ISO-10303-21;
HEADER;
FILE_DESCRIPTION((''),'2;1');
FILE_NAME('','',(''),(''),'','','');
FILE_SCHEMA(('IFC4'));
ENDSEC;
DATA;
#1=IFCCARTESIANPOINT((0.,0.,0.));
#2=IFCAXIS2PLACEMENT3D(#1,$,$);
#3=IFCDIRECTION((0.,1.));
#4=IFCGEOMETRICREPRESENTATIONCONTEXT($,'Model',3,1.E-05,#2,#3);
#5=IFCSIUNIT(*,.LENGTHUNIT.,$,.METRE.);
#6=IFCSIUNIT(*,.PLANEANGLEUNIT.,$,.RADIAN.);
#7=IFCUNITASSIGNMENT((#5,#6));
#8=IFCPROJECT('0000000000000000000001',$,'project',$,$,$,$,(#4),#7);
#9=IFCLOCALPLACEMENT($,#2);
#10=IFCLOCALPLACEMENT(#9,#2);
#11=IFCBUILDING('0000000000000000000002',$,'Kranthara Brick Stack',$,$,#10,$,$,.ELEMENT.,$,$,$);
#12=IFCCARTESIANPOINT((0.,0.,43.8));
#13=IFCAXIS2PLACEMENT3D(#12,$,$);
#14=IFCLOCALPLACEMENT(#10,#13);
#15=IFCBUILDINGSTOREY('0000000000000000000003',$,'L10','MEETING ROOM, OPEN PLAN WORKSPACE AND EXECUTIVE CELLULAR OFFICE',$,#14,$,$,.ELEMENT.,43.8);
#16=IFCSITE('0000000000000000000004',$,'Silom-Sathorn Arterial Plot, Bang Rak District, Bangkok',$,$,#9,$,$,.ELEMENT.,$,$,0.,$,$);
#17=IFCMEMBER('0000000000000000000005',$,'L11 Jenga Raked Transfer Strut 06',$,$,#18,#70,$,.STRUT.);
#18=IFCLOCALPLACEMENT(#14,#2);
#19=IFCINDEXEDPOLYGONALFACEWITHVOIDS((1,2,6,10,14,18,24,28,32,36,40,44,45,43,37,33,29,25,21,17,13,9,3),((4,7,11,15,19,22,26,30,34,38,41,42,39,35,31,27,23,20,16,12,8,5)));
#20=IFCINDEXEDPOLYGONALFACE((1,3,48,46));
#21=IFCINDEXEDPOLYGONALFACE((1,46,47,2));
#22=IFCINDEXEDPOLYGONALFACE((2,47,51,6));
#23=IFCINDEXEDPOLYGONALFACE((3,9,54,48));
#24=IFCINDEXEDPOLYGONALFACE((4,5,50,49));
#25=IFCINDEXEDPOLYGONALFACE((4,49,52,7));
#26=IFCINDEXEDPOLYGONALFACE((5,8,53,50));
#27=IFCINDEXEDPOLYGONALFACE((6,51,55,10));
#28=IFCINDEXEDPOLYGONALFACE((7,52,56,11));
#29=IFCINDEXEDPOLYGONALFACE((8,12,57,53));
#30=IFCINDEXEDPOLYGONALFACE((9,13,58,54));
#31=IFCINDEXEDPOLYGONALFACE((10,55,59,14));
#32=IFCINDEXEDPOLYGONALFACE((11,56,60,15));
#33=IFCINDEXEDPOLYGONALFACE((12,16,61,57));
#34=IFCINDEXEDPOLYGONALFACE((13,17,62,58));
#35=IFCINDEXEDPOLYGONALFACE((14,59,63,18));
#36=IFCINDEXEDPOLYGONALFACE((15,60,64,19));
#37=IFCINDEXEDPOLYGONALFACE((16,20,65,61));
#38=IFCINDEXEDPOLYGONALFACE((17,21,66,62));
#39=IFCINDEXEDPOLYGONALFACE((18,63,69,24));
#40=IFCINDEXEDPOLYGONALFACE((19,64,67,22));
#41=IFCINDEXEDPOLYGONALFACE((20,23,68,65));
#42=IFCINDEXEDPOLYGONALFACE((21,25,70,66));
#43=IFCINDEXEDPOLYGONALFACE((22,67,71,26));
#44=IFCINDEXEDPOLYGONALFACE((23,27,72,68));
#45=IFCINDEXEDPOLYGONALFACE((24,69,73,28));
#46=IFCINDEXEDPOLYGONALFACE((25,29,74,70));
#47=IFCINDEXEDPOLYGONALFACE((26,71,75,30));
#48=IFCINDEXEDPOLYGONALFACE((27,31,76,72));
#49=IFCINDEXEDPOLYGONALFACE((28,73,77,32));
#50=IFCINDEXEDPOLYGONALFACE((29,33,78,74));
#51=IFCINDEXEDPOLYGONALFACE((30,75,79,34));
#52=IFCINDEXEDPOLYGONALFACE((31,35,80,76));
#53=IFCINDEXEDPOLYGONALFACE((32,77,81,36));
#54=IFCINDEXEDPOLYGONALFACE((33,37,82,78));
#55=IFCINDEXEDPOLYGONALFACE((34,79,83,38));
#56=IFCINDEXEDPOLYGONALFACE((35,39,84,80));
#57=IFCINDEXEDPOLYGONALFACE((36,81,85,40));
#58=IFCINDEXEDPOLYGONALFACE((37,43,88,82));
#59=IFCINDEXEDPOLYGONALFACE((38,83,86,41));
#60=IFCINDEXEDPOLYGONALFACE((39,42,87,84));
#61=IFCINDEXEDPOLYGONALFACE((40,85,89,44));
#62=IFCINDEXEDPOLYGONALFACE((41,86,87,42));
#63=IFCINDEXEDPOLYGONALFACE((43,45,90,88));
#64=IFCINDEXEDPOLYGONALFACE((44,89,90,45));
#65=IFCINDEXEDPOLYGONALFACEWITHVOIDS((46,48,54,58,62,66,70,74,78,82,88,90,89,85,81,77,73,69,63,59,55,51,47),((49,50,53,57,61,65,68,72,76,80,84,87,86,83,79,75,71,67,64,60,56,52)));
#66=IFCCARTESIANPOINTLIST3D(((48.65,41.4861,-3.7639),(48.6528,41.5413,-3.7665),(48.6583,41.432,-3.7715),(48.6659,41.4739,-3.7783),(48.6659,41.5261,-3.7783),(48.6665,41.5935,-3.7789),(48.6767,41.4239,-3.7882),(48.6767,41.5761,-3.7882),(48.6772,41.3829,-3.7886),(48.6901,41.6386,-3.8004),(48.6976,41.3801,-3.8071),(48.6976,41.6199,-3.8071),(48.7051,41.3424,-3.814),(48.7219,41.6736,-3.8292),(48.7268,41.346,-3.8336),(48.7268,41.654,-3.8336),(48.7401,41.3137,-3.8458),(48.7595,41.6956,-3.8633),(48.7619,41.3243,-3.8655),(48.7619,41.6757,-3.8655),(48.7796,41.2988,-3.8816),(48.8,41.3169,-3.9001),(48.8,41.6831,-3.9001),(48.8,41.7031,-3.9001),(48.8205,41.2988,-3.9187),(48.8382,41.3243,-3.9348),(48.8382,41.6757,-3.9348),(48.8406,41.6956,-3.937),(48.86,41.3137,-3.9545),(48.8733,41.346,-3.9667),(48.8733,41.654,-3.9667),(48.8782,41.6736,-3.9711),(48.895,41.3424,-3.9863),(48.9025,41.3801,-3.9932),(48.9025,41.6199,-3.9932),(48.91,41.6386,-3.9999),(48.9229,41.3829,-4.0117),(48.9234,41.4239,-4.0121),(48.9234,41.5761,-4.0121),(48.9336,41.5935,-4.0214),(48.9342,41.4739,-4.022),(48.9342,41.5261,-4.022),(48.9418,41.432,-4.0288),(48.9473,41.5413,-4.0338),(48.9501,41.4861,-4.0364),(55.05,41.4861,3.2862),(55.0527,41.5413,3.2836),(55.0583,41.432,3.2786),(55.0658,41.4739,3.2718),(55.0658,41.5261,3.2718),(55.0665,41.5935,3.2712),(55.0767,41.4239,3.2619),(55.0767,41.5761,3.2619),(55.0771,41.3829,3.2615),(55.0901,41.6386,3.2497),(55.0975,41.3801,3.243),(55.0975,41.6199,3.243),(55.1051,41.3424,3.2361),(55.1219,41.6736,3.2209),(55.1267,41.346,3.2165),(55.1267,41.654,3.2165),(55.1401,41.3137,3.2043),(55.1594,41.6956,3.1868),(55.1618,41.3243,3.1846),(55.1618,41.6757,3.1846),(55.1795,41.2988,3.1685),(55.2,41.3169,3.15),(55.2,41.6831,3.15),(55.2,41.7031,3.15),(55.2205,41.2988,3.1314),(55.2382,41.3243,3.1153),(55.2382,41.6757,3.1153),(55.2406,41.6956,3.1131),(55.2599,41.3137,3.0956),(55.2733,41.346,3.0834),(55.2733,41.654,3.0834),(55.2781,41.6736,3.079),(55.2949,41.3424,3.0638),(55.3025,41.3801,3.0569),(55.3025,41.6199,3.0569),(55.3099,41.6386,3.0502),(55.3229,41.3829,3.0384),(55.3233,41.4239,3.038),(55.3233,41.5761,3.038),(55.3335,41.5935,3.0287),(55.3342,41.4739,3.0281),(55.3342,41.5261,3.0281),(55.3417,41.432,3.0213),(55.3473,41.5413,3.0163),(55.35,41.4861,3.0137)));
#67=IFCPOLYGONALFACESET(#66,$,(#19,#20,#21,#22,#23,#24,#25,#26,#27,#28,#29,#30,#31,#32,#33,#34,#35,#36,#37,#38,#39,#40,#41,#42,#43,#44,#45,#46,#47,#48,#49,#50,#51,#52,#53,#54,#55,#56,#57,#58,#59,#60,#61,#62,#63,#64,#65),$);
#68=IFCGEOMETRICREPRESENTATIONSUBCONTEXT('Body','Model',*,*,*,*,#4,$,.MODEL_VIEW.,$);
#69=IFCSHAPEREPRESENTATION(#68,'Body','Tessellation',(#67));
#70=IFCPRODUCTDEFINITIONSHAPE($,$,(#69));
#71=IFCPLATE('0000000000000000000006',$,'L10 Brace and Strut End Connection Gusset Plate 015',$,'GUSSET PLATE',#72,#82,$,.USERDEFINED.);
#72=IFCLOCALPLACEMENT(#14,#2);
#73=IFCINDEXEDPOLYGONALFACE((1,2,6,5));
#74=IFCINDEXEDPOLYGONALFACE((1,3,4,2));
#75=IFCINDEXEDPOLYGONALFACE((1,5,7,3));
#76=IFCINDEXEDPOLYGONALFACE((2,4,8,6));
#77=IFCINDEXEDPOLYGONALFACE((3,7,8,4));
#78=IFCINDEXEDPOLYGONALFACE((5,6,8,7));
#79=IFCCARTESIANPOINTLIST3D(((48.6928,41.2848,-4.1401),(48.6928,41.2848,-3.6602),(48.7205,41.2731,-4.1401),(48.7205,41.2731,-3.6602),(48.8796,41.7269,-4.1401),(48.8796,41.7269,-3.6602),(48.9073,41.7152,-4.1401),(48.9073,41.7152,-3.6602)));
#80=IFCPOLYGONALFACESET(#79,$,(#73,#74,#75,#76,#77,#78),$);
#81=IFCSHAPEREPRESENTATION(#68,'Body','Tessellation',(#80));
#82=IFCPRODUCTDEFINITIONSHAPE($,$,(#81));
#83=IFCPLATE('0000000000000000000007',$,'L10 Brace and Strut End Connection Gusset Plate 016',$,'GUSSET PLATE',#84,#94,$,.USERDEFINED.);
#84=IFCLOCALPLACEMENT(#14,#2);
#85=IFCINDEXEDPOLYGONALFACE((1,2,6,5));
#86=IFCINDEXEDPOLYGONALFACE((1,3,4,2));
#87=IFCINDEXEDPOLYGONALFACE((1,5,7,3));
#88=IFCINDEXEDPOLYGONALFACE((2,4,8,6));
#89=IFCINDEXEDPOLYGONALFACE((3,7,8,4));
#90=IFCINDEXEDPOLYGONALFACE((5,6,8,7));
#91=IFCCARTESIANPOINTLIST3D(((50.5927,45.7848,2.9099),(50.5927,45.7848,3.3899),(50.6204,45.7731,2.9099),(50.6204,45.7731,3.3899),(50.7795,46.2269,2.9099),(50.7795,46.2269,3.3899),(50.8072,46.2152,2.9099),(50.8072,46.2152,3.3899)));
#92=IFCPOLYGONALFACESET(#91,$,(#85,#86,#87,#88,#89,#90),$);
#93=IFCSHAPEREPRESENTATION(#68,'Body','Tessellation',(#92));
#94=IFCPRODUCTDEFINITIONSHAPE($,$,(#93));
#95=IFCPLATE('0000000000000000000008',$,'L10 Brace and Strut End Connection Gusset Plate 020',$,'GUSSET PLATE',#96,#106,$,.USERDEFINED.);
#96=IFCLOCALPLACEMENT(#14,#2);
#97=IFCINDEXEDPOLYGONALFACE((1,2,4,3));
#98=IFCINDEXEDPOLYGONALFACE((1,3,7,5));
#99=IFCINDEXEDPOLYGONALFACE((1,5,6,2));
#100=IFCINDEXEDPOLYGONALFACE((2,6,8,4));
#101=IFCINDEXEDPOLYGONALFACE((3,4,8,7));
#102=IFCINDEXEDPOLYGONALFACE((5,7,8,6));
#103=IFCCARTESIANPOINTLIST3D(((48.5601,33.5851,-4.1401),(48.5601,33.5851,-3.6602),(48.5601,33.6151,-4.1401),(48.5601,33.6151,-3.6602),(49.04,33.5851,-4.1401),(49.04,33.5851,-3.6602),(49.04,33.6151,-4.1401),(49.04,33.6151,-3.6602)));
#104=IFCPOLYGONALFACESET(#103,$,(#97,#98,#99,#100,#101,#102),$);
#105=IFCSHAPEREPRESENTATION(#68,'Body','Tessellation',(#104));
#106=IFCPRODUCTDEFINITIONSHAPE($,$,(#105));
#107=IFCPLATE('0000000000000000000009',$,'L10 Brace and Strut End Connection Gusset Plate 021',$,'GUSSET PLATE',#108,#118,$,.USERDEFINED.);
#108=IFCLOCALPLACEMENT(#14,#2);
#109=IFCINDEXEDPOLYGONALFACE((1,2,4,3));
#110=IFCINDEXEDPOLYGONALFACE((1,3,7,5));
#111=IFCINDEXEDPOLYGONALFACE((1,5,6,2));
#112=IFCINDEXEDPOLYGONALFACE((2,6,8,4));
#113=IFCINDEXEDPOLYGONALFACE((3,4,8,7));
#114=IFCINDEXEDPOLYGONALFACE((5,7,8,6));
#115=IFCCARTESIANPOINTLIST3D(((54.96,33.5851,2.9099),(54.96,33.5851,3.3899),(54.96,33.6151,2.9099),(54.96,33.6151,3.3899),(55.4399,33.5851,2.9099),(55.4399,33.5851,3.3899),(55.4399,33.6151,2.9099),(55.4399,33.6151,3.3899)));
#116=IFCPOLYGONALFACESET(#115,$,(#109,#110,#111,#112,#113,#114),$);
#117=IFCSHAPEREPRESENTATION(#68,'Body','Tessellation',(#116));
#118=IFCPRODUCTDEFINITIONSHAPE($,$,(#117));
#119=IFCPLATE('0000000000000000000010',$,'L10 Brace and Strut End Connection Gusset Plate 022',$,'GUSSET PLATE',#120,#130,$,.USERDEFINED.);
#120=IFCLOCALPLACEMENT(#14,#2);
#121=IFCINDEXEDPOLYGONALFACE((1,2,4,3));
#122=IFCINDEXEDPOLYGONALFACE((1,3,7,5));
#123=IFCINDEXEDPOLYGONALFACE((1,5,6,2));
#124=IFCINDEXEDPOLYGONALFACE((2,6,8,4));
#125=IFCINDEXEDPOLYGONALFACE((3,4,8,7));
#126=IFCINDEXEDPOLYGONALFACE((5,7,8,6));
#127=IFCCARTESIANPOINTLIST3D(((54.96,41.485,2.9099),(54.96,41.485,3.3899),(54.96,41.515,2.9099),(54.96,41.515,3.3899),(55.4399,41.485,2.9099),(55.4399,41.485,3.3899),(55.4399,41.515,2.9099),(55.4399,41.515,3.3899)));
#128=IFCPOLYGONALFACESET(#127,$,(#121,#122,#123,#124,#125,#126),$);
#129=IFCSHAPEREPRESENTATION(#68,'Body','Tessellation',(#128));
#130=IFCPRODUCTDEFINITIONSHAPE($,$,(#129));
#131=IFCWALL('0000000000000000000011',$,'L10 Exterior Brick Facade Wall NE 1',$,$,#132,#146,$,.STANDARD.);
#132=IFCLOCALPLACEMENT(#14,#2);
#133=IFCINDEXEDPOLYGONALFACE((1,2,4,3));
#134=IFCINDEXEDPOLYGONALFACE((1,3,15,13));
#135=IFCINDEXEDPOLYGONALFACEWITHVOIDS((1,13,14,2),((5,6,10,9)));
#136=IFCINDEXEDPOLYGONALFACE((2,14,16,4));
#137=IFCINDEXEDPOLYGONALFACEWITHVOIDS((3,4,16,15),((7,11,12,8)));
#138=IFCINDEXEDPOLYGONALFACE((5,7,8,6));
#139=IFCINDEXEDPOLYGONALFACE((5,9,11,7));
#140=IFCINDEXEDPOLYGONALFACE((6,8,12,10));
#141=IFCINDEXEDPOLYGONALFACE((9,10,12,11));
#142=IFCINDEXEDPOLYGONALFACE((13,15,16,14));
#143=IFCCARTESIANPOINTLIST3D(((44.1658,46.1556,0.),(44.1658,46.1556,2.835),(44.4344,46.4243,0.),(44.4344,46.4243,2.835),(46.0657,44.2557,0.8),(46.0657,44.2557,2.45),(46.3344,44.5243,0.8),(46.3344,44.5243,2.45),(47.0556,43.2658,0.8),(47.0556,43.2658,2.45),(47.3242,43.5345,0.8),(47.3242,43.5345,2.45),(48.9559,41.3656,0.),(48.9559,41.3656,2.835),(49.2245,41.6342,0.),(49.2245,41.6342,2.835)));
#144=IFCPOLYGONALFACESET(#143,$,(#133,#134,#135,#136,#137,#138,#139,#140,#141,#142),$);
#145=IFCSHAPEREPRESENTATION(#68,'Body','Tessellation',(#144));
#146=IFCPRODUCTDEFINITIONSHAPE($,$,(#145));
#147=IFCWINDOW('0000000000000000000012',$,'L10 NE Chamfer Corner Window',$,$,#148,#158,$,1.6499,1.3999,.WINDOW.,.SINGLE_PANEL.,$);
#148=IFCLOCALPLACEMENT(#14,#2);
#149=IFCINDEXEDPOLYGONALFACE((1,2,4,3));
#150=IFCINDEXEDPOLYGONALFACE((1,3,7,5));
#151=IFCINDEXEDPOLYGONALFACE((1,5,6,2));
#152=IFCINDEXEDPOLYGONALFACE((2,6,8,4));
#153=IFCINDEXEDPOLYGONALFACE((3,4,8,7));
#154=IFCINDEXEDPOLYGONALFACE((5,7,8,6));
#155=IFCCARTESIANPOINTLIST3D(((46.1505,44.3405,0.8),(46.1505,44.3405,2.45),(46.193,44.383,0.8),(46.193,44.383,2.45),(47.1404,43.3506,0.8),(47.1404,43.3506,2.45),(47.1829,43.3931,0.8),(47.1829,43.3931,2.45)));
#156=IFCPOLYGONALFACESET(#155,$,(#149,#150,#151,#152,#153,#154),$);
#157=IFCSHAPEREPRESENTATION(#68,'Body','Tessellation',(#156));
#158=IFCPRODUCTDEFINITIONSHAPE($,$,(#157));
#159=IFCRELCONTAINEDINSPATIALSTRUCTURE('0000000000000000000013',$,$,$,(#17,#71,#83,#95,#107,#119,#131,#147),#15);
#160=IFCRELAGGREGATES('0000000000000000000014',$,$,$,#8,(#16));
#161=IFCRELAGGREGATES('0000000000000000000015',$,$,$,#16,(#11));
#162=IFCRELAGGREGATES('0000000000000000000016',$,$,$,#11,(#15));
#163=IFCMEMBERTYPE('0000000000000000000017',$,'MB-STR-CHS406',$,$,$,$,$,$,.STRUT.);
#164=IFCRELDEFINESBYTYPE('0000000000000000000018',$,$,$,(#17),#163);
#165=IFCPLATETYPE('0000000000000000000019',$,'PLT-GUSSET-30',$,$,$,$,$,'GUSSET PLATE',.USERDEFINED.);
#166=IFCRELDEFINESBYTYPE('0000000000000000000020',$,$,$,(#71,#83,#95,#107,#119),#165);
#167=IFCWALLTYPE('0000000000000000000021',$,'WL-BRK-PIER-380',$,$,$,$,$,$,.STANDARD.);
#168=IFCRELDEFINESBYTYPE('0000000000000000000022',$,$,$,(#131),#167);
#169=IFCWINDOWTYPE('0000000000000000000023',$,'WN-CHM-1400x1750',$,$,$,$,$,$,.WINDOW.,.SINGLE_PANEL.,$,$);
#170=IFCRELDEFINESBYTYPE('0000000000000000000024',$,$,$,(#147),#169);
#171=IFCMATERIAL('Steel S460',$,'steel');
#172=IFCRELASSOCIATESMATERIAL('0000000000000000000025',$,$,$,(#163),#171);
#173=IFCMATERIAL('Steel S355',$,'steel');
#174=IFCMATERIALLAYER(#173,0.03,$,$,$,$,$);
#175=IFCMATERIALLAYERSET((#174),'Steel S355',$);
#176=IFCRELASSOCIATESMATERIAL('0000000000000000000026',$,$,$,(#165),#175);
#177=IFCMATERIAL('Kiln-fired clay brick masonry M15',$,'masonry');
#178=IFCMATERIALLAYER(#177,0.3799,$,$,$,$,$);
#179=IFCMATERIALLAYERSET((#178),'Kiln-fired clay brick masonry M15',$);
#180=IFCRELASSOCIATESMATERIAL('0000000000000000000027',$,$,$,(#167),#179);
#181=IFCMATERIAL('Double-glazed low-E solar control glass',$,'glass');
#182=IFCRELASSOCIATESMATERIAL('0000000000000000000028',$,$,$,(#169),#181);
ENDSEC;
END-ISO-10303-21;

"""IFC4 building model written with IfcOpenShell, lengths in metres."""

from ifc_helpers import new_model, si_unit, direction, frame, frame_2d, origin, origin_2d, place, context, subcontext, project, spatial, rectangle, hollow_circle, extrude, material, layer, layer_set, material_profile, profile_set, type_object, element, fill, save


model = new_model("IFC4")

# Units and contexts
model_context = context("Model", 3, precision=1e-05, world=origin(), true_north=direction((0.0, 1.0)))
body_context = subcontext(model_context, "Body", "Model", "MODEL_VIEW")
ifc_project = project(units=[si_unit("LENGTHUNIT", "METRE"), si_unit("PLANEANGLEUNIT", "RADIAN")], contexts=[model_context])

# Site, building, storey
site_placement = place(None, origin())
site = spatial("IfcSite", under=ifc_project, at=site_placement, Name="Silom-Sathorn Arterial Plot, Bang Rak District, Bangkok", CompositionType="ELEMENT", RefElevation=0.0)
building_placement = place(site_placement, origin())
building = spatial("IfcBuilding", under=site, at=building_placement, Name="Kranthara Brick Stack", CompositionType="ELEMENT")
storey_placement = place(building_placement, frame((0.0, 0.0, 43.8)))
storey = spatial("IfcBuildingStorey", under=building, at=storey_placement, Name="L10", Description="MEETING ROOM, OPEN PLAN WORKSPACE AND EXECUTIVE CELLULAR OFFICE", CompositionType="ELEMENT", Elevation=43.8)

# Member
ifc_material_1 = material(Name="Steel S460", Category="steel")
ifc_material_profile_1 = material_profile(ifc_material_1, hollow_circle(Radius=0.2031, WallThickness=0.02, at=origin_2d()), Name="CHS 406.4x20")
ifc_profile_set_1 = profile_set([ifc_material_profile_1], Name="Steel S460")
member_type = type_object("IfcMemberType", Name="MB-STR-CHS406", PredefinedType="STRUT", material=ifc_profile_set_1)
for number, where, z_axis, x_axis, name in (
    (1, (48.8, 41.5, -3.9001), (0.672142, 0.0, 0.740423), (0.0, 1.0, 0.0), "L11 Jenga Raked Transfer Strut 06"),
):
    element("IfcMember", number, at=place(storey_placement, frame(where, z_axis=z_axis, x_axis=x_axis)), inside=storey, type_object=member_type, Name=name, PredefinedType="STRUT", context=body_context, shape_type="SweptSolid", body=[
        extrude(hollow_circle(Radius=0.2031, WallThickness=0.02, at=origin_2d()), origin(), (0.0, 0.0, 1.0), 9.5217),
    ])

# Plates
ifc_material_2 = material(Name="Steel S355", Category="steel")
ifc_layer_1 = layer(ifc_material_2, 0.03)
ifc_layer_set_1 = layer_set([ifc_layer_1], Name="Steel S355")
plate_type = type_object("IfcPlateType", Name="PLT-GUSSET-30", ElementType="GUSSET PLATE", PredefinedType="USERDEFINED", material=ifc_layer_set_1)
for number, where, z_axis, x_axis, name in (
    (2, (48.8, 41.5, -4.1401), (0.0, 0.0, 1.0), (0.389124, 0.921185, 0.0), "L10 Brace and Strut End Connection Gusset Plate 015"),
    (3, (50.7, 46.0, 2.9099), (0.0, 0.0, 1.0), (0.389124, 0.921185, 0.0), "L10 Brace and Strut End Connection Gusset Plate 016"),
    (4, (48.8, 33.6001, -4.1401), (0.0, 0.0, 1.0), (1.0, 0.0, 0.0), "L10 Brace and Strut End Connection Gusset Plate 020"),
    (5, (55.2, 33.6001, 2.9099), (0.0, 0.0, 1.0), (1.0, 0.0, 0.0), "L10 Brace and Strut End Connection Gusset Plate 021"),
    (6, (55.2, 41.5, 2.9099), (0.0, 0.0, 1.0), (1.0, 0.0, 0.0), "L10 Brace and Strut End Connection Gusset Plate 022"),
):
    element("IfcPlate", number, at=place(storey_placement, frame(where, z_axis=z_axis, x_axis=x_axis)), inside=storey, type_object=plate_type, Name=name, ObjectType="GUSSET PLATE", PredefinedType="USERDEFINED", context=body_context, shape_type="SweptSolid", body=[
        extrude(rectangle(XDim=0.48, YDim=0.03, at=origin_2d()), origin(), (0.0, 0.0, 1.0), 0.48),
    ])

# Wall, opening, window
ifc_material_3 = material(Name="Kiln-fired clay brick masonry M15", Category="masonry")
ifc_layer_2 = layer(ifc_material_3, 0.3799)
ifc_layer_set_2 = layer_set([ifc_layer_2], Name="Kiln-fired clay brick masonry M15")
wall_type = type_object("IfcWallType", Name="WL-BRK-PIER-380", PredefinedType="STANDARD", material=ifc_layer_set_2)
wall_1_placement = place(storey_placement, frame((44.3, 46.29, 0.0), z_axis=(0.0, 0.0, 1.0), x_axis=(0.707107, -0.707107, 0.0)))
wall_1 = element("IfcWall", 7, at=wall_1_placement, inside=storey, type_object=wall_type, Name="L10 Exterior Brick Facade Wall NE 1", PredefinedType="STANDARD", context=body_context, shape_type="SweptSolid", body=[
    extrude(rectangle(XDim=6.7742, YDim=0.3799, at=frame_2d((3.3872, 0.0))), origin(), (0.0, 0.0, 1.0), 2.835),
])
opening_1_placement = place(wall_1_placement, frame((2.687, 0.0, 0.8)))
opening_1 = element("IfcOpeningElement", 8, at=opening_1_placement, cuts=wall_1, PredefinedType="OPENING", context=body_context, shape_type="SweptSolid", body=[
    extrude(rectangle(XDim=1.3999, YDim=1.6499, at=frame_2d((0.7, 0.825))), frame((0.0, 0.2, 0.0), z_axis=(0.0, -1.0, 0.0), x_axis=(1.0, 0.0, 0.0)), (0.0, 0.0, 1.0), 0.3999),
])
ifc_material_4 = material(Name="Double-glazed low-E solar control glass", Category="glass")
window_type_1 = type_object("IfcWindowType", Name="WN-CHM-1400x1750", PartitioningType="SINGLE_PANEL", PredefinedType="WINDOW", material=ifc_material_4)
window_1_placement = place(opening_1_placement, origin())
window_1 = element("IfcWindow", 9, at=window_1_placement, inside=storey, type_object=window_type_1, Name="L10 NE Chamfer Corner Window", OverallHeight=1.6499, OverallWidth=1.3999, PartitioningType="SINGLE_PANEL", PredefinedType="WINDOW", context=body_context, shape_type="SweptSolid", body=[
    extrude(rectangle(XDim=1.3999, YDim=1.6499, at=frame_2d((0.7, 0.825))), frame((0.0, -0.01, 0.0), z_axis=(0.0, -1.0, 0.0), x_axis=(1.0, 0.0, 0.0)), (0.0, 0.0, 1.0), 0.0601),
])
fill(opening_1, window_1)

save(model, "model.ifc")
